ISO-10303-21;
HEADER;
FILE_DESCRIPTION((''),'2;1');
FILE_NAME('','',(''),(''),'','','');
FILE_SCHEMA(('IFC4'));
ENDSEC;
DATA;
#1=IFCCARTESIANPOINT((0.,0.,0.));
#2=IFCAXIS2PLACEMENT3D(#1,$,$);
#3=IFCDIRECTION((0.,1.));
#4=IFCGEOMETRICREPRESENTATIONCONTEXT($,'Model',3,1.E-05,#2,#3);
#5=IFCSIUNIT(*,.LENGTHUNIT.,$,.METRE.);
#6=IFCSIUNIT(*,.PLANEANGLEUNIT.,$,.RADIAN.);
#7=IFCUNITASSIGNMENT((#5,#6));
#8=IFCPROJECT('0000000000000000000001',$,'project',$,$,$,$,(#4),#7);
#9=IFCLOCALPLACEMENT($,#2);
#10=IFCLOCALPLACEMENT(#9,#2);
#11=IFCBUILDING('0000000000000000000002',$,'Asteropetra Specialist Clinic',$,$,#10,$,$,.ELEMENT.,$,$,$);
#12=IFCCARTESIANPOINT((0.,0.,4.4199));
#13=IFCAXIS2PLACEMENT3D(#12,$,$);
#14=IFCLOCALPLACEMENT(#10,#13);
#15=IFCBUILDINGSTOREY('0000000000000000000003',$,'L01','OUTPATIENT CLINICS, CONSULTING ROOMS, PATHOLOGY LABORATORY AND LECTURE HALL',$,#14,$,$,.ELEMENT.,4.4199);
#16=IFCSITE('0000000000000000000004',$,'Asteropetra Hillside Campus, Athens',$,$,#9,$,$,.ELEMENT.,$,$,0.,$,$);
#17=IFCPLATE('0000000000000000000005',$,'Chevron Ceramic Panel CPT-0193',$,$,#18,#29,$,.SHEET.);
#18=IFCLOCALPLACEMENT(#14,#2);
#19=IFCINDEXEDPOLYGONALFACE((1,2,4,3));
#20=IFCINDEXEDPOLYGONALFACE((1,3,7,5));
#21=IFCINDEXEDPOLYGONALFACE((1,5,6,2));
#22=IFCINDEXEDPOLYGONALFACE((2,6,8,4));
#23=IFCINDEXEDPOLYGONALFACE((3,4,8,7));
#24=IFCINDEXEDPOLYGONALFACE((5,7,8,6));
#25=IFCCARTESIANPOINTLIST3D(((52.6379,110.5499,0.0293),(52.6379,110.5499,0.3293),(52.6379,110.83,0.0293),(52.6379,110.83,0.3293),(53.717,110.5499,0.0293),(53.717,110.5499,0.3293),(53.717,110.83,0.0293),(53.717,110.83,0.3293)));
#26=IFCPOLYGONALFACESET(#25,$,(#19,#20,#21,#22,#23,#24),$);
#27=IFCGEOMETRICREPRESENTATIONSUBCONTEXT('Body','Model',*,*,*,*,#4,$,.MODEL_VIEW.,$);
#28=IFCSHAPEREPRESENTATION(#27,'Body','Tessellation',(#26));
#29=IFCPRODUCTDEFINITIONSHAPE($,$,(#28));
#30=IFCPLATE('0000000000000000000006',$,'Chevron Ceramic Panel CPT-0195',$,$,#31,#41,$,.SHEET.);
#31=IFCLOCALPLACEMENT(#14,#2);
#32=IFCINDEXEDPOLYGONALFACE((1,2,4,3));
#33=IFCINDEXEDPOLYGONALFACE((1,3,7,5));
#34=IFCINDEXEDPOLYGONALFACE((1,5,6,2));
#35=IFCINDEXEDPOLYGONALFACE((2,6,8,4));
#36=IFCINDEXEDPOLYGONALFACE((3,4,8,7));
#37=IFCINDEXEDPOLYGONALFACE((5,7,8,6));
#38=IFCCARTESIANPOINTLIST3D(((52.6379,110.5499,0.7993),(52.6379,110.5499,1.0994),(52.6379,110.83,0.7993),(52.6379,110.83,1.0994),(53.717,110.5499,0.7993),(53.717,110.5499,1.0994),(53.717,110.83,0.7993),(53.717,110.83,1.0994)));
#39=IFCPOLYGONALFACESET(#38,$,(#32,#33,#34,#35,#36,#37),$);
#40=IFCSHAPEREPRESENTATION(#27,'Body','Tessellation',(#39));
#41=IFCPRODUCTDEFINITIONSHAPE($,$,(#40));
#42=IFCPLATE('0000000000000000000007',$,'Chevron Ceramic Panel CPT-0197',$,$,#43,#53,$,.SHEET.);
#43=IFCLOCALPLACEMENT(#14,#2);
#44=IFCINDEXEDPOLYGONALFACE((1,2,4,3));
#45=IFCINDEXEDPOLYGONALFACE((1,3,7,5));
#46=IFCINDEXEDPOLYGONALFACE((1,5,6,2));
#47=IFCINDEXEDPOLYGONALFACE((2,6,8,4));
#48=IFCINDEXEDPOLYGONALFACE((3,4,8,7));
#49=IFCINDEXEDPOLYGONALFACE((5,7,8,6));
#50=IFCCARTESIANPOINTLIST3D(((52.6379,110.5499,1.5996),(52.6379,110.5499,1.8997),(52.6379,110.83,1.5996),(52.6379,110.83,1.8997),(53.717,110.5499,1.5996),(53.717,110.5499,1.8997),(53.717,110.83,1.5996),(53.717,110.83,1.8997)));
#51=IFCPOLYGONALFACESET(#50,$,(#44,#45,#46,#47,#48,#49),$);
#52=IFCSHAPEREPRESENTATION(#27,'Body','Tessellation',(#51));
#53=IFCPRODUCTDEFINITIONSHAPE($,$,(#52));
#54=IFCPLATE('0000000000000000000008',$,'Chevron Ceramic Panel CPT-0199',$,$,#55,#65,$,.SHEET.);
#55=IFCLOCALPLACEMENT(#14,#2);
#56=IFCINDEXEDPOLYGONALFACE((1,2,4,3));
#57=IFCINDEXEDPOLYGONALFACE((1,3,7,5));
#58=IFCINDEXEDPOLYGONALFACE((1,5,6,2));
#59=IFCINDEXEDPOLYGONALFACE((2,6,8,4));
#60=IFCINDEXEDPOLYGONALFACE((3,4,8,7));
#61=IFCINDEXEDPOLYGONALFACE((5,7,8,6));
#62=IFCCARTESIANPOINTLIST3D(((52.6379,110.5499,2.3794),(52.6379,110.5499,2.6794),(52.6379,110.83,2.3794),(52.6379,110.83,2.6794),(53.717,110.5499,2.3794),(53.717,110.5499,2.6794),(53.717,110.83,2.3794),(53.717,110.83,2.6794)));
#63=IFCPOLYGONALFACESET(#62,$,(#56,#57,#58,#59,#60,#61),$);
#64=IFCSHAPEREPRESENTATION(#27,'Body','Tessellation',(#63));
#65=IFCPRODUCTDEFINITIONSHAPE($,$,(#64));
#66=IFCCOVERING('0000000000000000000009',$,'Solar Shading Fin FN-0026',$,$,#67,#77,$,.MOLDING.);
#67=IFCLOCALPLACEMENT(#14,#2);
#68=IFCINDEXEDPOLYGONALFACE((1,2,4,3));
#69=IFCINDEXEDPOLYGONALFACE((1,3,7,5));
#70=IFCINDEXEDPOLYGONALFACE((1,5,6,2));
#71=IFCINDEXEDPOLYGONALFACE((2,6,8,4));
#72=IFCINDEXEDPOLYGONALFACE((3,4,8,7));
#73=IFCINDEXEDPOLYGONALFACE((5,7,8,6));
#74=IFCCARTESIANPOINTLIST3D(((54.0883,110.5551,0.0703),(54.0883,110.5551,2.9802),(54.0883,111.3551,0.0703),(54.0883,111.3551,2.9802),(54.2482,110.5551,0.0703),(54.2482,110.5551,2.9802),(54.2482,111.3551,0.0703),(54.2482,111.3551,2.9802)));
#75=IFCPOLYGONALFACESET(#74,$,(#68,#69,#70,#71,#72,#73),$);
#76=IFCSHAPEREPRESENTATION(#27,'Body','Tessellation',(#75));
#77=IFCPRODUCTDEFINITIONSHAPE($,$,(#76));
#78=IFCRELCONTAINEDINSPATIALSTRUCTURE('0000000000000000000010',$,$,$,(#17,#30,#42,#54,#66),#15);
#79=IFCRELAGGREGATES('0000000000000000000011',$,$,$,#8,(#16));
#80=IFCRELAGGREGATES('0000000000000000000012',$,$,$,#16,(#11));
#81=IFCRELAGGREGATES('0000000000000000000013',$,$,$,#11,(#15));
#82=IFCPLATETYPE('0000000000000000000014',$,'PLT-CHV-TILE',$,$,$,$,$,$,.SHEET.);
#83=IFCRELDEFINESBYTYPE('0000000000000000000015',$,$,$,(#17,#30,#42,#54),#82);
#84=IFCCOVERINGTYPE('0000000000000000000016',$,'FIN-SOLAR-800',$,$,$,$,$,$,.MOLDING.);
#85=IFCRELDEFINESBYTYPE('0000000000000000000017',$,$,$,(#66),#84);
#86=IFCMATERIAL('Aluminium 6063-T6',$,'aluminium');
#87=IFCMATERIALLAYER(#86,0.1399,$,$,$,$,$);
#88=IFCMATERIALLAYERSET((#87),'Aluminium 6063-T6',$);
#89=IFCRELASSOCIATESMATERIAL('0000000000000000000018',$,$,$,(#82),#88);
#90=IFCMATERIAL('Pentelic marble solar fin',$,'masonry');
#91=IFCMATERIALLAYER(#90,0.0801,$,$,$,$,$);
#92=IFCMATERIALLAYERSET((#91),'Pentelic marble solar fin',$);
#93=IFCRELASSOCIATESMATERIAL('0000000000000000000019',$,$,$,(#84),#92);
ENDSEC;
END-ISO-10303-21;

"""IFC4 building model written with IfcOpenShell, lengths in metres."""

from ifc_helpers import new_model, si_unit, direction, frame, origin, origin_2d, place, context, subcontext, project, spatial, rectangle, extrude, material, layer, layer_set, type_object, element, save


model = new_model("IFC4")

# Units and contexts
model_context = context("Model", 3, precision=1e-05, world=origin(), true_north=direction((0.0, 1.0)))
body_context = subcontext(model_context, "Body", "Model", "MODEL_VIEW")
ifc_project = project(units=[si_unit("LENGTHUNIT", "METRE"), si_unit("PLANEANGLEUNIT", "RADIAN")], contexts=[model_context])

# Site, building, storey
site_placement = place(None, origin())
site = spatial("IfcSite", under=ifc_project, at=site_placement, Name="Asteropetra Hillside Campus, Athens", CompositionType="ELEMENT", RefElevation=0.0)
building_placement = place(site_placement, origin())
building = spatial("IfcBuilding", under=site, at=building_placement, Name="Asteropetra Specialist Clinic", CompositionType="ELEMENT")
storey_placement = place(building_placement, frame((0.0, 0.0, 4.4199)))
storey = spatial("IfcBuildingStorey", under=building, at=storey_placement, Name="L01", Description="OUTPATIENT CLINICS, CONSULTING ROOMS, PATHOLOGY LABORATORY AND LECTURE HALL", CompositionType="ELEMENT", Elevation=4.4199)

# Plates
ifc_material_1 = material(Name="Aluminium 6063-T6", Category="aluminium")
ifc_layer_1 = layer(ifc_material_1, 0.1399)
ifc_layer_set_1 = layer_set([ifc_layer_1], Name="Aluminium 6063-T6")
plate_type_1 = type_object("IfcPlateType", Name="PLT-CHV-TILE", PredefinedType="SHEET", material=ifc_layer_set_1)
for number, where, z_axis, x_axis, name in (
    (1, (53.1775, 110.6899, 0.0293), (0.0, 0.0, 1.0), (1.0, 0.0, 0.0), "Chevron Ceramic Panel CPT-0193"),
    (2, (53.1775, 110.6899, 0.7993), (0.0, 0.0, 1.0), (1.0, 0.0, 0.0), "Chevron Ceramic Panel CPT-0195"),
    (3, (53.1775, 110.6899, 1.5996), (0.0, 0.0, 1.0), (1.0, 0.0, 0.0), "Chevron Ceramic Panel CPT-0197"),
    (4, (53.1775, 110.6899, 2.3794), (0.0, 0.0, 1.0), (1.0, 0.0, 0.0), "Chevron Ceramic Panel CPT-0199"),
):
    element("IfcPlate", number, at=place(storey_placement, frame(where, z_axis=z_axis, x_axis=x_axis)), inside=storey, type_object=plate_type_1, Name=name, PredefinedType="SHEET", context=body_context, shape_type="SweptSolid", body=[
        extrude(rectangle(XDim=1.0791, YDim=0.28, at=origin_2d()), origin(), (0.0, 0.0, 1.0), 0.3),
    ])

# Covering
ifc_material_2 = material(Name="Pentelic marble solar fin", Category="masonry")
ifc_layer_2 = layer(ifc_material_2, 0.0801)
ifc_layer_set_2 = layer_set([ifc_layer_2], Name="Pentelic marble solar fin")
covering_type = type_object("IfcCoveringType", Name="FIN-SOLAR-800", PredefinedType="MOLDING", material=ifc_layer_set_2)
covering_placement = place(storey_placement, frame((54.1682, 110.9551, 0.0703), z_axis=(0.0, 0.0, 1.0), x_axis=(1.0, 0.0, 0.0)))
element("IfcCovering", 5, at=covering_placement, inside=storey, type_object=covering_type, Name="Solar Shading Fin FN-0026", PredefinedType="MOLDING", context=body_context, shape_type="SweptSolid", body=[
    extrude(rectangle(XDim=0.1599, YDim=0.8, at=origin_2d()), origin(), (0.0, 0.0, 1.0), 2.9099),
])

save(model, "model.ifc")
